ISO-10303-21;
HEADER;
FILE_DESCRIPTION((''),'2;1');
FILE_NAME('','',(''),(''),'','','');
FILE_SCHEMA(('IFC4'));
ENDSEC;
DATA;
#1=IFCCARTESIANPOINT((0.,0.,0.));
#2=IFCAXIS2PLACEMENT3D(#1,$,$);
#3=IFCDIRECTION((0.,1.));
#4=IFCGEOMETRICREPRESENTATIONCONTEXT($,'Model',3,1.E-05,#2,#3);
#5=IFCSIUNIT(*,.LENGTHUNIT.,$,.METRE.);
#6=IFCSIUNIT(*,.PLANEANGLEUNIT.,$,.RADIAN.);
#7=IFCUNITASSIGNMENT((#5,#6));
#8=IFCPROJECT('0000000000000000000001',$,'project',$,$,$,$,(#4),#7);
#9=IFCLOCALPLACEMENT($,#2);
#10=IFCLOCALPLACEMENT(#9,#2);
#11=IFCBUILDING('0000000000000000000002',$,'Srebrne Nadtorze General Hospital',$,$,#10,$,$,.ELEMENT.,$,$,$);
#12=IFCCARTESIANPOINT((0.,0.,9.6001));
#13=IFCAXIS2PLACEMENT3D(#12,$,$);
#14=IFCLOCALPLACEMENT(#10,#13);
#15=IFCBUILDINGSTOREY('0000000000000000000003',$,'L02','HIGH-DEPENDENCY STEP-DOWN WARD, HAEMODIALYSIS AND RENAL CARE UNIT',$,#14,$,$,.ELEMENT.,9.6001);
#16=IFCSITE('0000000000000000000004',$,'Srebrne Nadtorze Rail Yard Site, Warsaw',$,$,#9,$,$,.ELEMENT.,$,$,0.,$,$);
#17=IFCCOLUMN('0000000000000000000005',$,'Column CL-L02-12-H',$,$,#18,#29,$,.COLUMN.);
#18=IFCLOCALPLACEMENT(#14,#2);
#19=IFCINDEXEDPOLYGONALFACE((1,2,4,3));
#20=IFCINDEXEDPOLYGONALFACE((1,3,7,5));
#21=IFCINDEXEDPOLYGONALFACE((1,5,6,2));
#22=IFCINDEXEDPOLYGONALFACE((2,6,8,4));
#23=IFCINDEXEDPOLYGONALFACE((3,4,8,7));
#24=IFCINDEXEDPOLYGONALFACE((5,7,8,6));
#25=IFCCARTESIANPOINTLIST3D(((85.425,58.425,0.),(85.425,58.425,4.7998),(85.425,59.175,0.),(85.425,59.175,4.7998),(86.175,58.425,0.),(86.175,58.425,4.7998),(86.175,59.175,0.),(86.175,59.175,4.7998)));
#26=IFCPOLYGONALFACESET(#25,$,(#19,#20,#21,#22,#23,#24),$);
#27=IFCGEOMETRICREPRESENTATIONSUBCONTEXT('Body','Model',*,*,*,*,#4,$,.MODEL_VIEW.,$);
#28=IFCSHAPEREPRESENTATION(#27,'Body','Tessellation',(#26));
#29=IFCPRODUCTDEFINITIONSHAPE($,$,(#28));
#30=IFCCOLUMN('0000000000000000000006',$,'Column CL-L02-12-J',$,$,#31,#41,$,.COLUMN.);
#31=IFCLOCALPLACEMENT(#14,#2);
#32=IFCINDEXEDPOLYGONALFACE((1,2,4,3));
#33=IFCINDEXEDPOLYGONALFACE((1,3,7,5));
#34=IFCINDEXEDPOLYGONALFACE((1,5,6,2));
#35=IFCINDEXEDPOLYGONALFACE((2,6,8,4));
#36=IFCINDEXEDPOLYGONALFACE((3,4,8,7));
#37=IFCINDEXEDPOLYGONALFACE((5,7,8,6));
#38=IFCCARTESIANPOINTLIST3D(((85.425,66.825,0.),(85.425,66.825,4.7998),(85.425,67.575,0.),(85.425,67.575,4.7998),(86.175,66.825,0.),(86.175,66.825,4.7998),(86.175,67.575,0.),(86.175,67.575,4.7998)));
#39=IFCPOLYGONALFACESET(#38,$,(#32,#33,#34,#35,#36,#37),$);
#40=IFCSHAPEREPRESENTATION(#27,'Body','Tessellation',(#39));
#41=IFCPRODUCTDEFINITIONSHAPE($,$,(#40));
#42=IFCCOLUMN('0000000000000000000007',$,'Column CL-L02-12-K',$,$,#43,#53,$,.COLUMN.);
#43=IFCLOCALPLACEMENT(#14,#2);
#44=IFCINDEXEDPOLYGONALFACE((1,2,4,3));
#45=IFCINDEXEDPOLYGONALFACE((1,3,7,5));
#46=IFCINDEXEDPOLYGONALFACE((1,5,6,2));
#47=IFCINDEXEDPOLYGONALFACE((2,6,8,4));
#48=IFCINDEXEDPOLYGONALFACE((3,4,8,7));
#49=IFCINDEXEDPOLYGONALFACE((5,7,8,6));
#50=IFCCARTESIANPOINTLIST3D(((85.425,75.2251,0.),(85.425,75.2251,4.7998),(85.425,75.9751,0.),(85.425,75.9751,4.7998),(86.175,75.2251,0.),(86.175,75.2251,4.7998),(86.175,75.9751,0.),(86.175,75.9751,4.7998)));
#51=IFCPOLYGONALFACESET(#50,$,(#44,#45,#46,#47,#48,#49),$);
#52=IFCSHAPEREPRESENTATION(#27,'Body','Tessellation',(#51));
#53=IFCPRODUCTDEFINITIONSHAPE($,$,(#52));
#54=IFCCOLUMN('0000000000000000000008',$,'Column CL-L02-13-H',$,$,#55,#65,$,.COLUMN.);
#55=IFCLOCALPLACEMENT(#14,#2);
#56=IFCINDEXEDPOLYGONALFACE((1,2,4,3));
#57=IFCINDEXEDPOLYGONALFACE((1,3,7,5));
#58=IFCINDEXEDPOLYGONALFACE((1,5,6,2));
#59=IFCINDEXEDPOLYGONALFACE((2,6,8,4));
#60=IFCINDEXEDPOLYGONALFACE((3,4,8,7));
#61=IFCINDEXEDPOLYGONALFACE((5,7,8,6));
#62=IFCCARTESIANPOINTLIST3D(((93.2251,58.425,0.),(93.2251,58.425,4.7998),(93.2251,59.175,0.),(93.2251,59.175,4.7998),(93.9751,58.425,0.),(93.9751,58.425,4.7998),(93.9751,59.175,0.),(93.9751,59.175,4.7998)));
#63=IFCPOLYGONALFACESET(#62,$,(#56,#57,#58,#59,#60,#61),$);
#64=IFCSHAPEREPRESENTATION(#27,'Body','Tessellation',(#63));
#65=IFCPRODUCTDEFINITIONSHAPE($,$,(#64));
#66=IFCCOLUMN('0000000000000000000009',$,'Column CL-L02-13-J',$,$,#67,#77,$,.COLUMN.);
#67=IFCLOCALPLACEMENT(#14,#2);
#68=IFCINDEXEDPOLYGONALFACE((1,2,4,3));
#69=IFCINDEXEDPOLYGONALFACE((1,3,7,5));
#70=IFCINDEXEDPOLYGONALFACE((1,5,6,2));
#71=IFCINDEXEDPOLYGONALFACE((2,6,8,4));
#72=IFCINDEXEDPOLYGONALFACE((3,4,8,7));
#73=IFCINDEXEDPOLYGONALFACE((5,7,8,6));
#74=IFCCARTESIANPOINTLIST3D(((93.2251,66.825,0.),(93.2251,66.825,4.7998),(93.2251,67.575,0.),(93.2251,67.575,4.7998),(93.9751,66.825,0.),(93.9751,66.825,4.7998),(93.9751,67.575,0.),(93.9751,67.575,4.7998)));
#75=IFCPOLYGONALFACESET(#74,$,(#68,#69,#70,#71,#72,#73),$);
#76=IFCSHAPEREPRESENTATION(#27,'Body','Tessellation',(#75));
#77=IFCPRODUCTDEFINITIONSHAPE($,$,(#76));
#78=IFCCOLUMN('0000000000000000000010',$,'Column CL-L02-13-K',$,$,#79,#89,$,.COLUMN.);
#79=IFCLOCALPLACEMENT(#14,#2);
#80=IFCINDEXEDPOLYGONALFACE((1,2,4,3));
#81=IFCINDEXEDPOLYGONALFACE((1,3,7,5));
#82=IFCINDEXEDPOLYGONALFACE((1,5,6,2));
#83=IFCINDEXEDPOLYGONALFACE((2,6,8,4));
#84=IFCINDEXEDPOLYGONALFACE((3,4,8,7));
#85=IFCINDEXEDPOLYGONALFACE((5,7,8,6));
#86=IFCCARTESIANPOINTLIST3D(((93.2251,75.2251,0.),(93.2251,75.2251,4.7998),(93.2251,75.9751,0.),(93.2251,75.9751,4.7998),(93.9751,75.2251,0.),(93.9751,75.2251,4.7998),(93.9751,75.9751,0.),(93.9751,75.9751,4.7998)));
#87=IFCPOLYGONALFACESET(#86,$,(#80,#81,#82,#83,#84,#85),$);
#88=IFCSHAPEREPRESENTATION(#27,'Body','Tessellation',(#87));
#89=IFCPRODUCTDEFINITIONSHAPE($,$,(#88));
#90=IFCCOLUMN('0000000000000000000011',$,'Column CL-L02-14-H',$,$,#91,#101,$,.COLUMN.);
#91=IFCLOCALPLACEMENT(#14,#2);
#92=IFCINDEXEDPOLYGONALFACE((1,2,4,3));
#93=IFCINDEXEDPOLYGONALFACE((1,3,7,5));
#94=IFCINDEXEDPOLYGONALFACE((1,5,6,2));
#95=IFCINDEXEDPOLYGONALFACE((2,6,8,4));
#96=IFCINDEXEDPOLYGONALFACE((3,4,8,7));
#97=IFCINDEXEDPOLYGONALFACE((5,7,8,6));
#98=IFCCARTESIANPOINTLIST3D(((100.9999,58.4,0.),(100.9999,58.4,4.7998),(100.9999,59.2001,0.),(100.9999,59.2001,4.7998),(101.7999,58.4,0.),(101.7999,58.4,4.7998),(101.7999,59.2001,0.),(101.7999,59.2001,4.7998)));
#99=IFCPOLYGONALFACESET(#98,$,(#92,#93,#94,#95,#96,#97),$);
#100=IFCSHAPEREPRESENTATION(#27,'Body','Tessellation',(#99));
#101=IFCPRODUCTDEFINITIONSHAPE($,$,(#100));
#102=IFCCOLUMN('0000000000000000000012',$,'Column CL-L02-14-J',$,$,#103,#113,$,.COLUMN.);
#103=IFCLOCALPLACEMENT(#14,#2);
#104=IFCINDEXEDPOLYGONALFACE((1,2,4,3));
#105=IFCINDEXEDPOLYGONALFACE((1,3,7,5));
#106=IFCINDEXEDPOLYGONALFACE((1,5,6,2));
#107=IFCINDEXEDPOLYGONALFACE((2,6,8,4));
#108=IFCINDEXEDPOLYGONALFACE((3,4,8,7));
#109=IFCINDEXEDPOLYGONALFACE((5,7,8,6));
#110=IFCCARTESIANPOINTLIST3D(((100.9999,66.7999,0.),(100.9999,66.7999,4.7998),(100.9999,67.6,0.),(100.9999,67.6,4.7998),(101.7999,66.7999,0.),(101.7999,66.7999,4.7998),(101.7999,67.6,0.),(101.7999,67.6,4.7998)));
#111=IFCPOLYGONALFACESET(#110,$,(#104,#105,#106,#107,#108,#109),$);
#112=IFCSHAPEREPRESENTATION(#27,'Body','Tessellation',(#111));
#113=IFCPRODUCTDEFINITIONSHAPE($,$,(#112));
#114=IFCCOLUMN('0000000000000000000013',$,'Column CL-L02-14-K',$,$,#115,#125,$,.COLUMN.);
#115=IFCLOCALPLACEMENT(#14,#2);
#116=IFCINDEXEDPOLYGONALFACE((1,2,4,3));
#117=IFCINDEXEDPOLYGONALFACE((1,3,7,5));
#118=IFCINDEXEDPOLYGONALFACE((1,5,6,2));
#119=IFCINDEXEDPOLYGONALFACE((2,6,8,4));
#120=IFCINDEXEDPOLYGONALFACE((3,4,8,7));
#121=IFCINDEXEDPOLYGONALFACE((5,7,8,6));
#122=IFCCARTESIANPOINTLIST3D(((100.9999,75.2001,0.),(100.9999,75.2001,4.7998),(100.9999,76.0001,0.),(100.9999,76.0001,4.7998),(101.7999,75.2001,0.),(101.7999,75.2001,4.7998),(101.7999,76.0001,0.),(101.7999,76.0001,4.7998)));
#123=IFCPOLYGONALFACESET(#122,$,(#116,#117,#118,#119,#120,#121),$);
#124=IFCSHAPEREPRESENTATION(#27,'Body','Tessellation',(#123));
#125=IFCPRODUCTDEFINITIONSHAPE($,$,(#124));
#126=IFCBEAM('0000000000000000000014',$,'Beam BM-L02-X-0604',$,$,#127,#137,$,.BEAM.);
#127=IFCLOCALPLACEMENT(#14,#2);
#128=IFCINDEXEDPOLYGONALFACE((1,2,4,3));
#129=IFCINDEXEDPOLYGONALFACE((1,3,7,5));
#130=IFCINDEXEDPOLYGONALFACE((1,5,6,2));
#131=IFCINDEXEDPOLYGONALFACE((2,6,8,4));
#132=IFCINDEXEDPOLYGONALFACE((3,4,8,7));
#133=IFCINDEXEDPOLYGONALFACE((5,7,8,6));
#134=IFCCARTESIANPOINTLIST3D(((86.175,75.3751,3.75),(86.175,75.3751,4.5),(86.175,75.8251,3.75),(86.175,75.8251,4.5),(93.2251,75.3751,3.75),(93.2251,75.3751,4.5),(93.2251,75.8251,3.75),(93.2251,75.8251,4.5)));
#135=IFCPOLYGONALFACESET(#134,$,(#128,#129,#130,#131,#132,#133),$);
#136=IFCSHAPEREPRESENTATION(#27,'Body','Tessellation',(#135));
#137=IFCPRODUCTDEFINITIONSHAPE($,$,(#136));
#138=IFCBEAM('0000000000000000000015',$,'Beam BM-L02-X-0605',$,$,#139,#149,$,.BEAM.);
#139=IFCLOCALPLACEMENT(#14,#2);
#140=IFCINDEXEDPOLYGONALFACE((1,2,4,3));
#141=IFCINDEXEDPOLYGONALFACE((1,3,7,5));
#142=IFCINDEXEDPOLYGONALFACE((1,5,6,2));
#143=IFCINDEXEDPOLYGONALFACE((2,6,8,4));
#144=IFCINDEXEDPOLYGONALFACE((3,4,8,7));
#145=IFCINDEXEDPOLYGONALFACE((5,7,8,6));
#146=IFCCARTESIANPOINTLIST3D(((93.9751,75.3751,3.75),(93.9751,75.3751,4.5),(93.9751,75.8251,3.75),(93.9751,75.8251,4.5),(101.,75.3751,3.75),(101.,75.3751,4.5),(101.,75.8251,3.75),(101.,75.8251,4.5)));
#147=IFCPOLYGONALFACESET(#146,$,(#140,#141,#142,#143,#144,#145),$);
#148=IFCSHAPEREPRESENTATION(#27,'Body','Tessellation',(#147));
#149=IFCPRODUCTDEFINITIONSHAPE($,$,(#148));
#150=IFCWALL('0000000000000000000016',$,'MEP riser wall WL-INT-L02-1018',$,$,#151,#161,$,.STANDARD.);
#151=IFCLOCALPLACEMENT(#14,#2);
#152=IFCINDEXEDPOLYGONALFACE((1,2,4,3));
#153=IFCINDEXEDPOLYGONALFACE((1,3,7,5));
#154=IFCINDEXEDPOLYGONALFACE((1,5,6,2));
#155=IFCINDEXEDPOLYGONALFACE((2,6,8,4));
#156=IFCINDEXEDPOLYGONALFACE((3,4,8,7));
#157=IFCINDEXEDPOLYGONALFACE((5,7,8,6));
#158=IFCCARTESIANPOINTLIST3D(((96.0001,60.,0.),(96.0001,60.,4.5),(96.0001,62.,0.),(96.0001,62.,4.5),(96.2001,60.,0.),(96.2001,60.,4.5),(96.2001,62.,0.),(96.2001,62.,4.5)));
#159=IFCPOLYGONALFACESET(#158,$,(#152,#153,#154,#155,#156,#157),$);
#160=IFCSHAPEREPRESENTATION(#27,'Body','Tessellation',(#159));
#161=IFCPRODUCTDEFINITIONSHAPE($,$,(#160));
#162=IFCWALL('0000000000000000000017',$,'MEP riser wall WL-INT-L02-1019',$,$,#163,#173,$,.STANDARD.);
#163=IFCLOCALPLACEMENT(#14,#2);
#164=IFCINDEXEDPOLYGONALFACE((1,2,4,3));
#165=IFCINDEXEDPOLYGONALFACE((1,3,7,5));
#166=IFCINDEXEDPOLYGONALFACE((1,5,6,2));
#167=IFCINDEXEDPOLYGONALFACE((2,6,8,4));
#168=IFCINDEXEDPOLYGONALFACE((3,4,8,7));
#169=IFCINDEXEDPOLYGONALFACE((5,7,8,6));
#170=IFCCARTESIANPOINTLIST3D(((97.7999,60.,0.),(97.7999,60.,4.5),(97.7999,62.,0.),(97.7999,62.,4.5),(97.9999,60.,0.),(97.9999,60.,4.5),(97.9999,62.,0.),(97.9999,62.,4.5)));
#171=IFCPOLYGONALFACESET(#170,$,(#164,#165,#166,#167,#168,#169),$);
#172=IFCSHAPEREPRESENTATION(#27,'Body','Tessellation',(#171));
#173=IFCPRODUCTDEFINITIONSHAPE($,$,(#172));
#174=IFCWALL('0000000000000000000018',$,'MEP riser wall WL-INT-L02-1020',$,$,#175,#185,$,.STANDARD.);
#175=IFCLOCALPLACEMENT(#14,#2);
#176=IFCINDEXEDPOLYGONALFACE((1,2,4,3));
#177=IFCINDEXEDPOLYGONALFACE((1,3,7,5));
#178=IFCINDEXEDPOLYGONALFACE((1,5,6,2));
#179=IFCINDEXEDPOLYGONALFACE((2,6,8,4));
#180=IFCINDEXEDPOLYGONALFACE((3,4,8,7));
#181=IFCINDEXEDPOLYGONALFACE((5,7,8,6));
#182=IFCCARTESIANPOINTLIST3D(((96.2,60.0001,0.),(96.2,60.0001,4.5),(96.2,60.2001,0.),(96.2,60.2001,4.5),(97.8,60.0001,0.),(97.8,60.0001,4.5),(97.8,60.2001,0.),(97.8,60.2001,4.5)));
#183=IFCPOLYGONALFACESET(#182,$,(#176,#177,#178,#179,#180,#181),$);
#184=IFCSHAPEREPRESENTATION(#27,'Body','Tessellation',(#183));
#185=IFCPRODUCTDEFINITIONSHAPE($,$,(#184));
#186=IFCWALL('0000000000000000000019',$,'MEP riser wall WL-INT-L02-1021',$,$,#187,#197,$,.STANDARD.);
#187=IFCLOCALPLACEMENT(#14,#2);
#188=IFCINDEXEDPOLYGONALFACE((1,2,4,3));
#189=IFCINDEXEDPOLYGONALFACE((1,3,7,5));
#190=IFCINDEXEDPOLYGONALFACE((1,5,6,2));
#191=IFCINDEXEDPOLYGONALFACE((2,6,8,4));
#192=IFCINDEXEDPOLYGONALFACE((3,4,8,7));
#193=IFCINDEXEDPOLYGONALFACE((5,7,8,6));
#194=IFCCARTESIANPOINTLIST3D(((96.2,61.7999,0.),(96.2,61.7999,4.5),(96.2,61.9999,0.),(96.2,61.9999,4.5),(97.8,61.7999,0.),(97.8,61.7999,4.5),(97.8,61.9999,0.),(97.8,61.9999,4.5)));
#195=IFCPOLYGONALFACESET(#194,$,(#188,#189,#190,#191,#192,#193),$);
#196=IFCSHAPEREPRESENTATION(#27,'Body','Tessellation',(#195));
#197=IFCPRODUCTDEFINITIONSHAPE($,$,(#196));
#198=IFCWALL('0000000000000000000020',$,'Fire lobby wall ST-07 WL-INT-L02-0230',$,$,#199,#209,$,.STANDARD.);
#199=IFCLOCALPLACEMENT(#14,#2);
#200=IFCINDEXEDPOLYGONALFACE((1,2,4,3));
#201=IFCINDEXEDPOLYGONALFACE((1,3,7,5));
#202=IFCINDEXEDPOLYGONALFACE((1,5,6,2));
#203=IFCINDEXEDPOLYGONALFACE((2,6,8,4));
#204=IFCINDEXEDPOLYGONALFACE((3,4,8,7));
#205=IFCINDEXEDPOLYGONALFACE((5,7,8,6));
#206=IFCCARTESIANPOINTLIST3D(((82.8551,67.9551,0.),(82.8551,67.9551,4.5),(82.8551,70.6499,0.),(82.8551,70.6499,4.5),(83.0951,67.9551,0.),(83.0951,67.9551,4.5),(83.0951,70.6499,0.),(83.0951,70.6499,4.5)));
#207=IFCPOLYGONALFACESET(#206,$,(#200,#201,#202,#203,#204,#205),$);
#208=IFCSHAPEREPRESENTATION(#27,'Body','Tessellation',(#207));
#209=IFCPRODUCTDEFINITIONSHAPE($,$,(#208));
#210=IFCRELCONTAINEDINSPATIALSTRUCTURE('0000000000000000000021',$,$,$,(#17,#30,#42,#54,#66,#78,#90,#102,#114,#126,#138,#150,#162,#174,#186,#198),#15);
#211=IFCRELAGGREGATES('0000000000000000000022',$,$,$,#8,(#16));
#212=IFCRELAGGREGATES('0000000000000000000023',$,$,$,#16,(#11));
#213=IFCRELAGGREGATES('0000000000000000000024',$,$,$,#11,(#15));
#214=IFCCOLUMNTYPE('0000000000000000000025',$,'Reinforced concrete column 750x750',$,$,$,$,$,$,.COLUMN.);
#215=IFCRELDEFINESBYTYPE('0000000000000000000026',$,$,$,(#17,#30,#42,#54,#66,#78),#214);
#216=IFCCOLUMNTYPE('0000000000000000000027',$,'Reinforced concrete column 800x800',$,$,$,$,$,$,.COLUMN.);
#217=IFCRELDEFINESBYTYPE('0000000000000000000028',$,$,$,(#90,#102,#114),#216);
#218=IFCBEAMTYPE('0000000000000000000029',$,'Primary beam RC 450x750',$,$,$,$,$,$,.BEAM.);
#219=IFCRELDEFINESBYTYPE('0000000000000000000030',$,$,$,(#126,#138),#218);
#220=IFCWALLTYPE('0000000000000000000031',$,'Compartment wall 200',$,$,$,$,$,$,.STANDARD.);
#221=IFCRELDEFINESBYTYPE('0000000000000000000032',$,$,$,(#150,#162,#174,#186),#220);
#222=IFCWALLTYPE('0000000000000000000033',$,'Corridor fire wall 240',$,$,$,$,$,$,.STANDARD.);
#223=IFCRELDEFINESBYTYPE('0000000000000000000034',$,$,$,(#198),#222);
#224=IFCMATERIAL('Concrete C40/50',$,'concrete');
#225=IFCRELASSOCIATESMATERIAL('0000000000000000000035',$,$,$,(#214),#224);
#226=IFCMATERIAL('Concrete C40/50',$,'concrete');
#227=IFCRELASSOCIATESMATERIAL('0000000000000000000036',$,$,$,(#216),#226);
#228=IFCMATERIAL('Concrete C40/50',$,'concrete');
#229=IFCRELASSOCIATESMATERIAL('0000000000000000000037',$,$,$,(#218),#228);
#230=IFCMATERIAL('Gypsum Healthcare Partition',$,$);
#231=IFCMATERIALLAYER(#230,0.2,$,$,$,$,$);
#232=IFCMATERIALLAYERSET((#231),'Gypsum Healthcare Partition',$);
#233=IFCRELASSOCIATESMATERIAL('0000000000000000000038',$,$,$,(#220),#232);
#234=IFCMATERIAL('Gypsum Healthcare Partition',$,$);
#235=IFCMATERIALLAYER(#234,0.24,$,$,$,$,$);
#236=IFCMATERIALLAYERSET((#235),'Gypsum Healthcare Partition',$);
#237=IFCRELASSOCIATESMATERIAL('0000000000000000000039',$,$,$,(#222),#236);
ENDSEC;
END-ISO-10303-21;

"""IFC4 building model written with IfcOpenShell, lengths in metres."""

from ifc_helpers import new_model, si_unit, direction, frame, frame_2d, origin, origin_2d, place, context, subcontext, project, spatial, rectangle, extrude, material, layer, layer_set, material_profile, profile_set, type_object, element, save


model = new_model("IFC4")

# Units and contexts
model_context = context("Model", 3, precision=1e-05, world=origin(), true_north=direction((0.0, 1.0)))
body_context = subcontext(model_context, "Body", "Model", "MODEL_VIEW")
ifc_project = project(units=[si_unit("LENGTHUNIT", "METRE"), si_unit("PLANEANGLEUNIT", "RADIAN")], contexts=[model_context])

# Site, building, storey
site_placement = place(None, origin())
site = spatial("IfcSite", under=ifc_project, at=site_placement, Name="Srebrne Nadtorze Rail Yard Site, Warsaw", CompositionType="ELEMENT", RefElevation=0.0)
building_placement = place(site_placement, origin())
building = spatial("IfcBuilding", under=site, at=building_placement, Name="Srebrne Nadtorze General Hospital", CompositionType="ELEMENT")
storey_placement = place(building_placement, frame((0.0, 0.0, 9.6001)))
storey = spatial("IfcBuildingStorey", under=building, at=storey_placement, Name="L02", Description="HIGH-DEPENDENCY STEP-DOWN WARD, HAEMODIALYSIS AND RENAL CARE UNIT", CompositionType="ELEMENT", Elevation=9.6001)

# Columns
ifc_material_1 = material(Name="Concrete C40/50", Category="concrete")
ifc_material_profile_1 = material_profile(ifc_material_1, rectangle(XDim=0.75, YDim=0.75, at=origin_2d()), Name="RC-COL-750x750")
ifc_profile_set_1 = profile_set([ifc_material_profile_1], Name="Concrete C40/50")
column_type_1 = type_object("IfcColumnType", Name="Reinforced concrete column 750x750", PredefinedType="COLUMN", material=ifc_profile_set_1)
for number, where, z_axis, x_axis, name in (
    (1, (85.8, 58.8, 0.0), (0.0, 0.0, 1.0), (1.0, 0.0, 0.0), "Column CL-L02-12-H"),
    (2, (85.8, 67.2, 0.0), (0.0, 0.0, 1.0), (1.0, 0.0, 0.0), "Column CL-L02-12-J"),
    (3, (85.8, 75.6001, 0.0), (0.0, 0.0, 1.0), (1.0, 0.0, 0.0), "Column CL-L02-12-K"),
    (4, (93.6001, 58.8, 0.0), (0.0, 0.0, 1.0), (1.0, 0.0, 0.0), "Column CL-L02-13-H"),
    (5, (93.6001, 67.2, 0.0), (0.0, 0.0, 1.0), (1.0, 0.0, 0.0), "Column CL-L02-13-J"),
    (6, (93.6001, 75.6001, 0.0), (0.0, 0.0, 1.0), (1.0, 0.0, 0.0), "Column CL-L02-13-K"),
):
    element("IfcColumn", number, at=place(storey_placement, frame(where, z_axis=z_axis, x_axis=x_axis)), inside=storey, type_object=column_type_1, Name=name, PredefinedType="COLUMN", context=body_context, shape_type="SweptSolid", body=[
        extrude(rectangle(XDim=0.75, YDim=0.75, at=origin_2d()), origin(), (0.0, 0.0, 1.0), 4.7998),
    ])
ifc_material_2 = material(Name="Concrete C40/50", Category="concrete")
ifc_material_profile_2 = material_profile(ifc_material_2, rectangle(XDim=0.8, YDim=0.8, at=origin_2d()), Name="RC-COL-800x800")
ifc_profile_set_2 = profile_set([ifc_material_profile_2], Name="Concrete C40/50")
column_type_2 = type_object("IfcColumnType", Name="Reinforced concrete column 800x800", PredefinedType="COLUMN", material=ifc_profile_set_2)
for number, where, z_axis, x_axis, name in (
    (7, (101.3999, 58.8, 0.0), (0.0, 0.0, 1.0), (1.0, 0.0, 0.0), "Column CL-L02-14-H"),
    (8, (101.3999, 67.2, 0.0), (0.0, 0.0, 1.0), (1.0, 0.0, 0.0), "Column CL-L02-14-J"),
    (9, (101.3999, 75.6001, 0.0), (0.0, 0.0, 1.0), (1.0, 0.0, 0.0), "Column CL-L02-14-K"),
):
    element("IfcColumn", number, at=place(storey_placement, frame(where, z_axis=z_axis, x_axis=x_axis)), inside=storey, type_object=column_type_2, Name=name, PredefinedType="COLUMN", context=body_context, shape_type="SweptSolid", body=[
        extrude(rectangle(XDim=0.8, YDim=0.8, at=origin_2d()), origin(), (0.0, 0.0, 1.0), 4.7998),
    ])

# Beams
ifc_material_3 = material(Name="Concrete C40/50", Category="concrete")
ifc_material_profile_3 = material_profile(ifc_material_3, rectangle(XDim=0.45, YDim=0.75, at=origin_2d()), Name="RC-BM-450x750")
ifc_profile_set_3 = profile_set([ifc_material_profile_3], Name="Concrete C40/50")
beam_type = type_object("IfcBeamType", Name="Primary beam RC 450x750", PredefinedType="BEAM", material=ifc_profile_set_3)
beam_1_placement = place(storey_placement, frame((86.175, 75.6001, 4.125), z_axis=(1.0, 0.0, 0.0), x_axis=(0.0, 1.0, 0.0)))
element("IfcBeam", 10, at=beam_1_placement, inside=storey, type_object=beam_type, Name="Beam BM-L02-X-0604", PredefinedType="BEAM", context=body_context, shape_type="SweptSolid", body=[
    extrude(rectangle(XDim=0.45, YDim=0.75, at=origin_2d()), origin(), (0.0, 0.0, 1.0), 7.05),
])
beam_2_placement = place(storey_placement, frame((93.9751, 75.6001, 4.125), z_axis=(1.0, 0.0, 0.0), x_axis=(0.0, 1.0, 0.0)))
element("IfcBeam", 11, at=beam_2_placement, inside=storey, type_object=beam_type, Name="Beam BM-L02-X-0605", PredefinedType="BEAM", context=body_context, shape_type="SweptSolid", body=[
    extrude(rectangle(XDim=0.45, YDim=0.75, at=origin_2d()), origin(), (0.0, 0.0, 1.0), 7.0249),
])

# Walls
ifc_material_4 = material(Name="Gypsum Healthcare Partition")
ifc_layer_1 = layer(ifc_material_4, 0.2)
ifc_layer_set_1 = layer_set([ifc_layer_1], Name="Gypsum Healthcare Partition")
wall_type_1 = type_object("IfcWallType", Name="Compartment wall 200", PredefinedType="STANDARD", material=ifc_layer_set_1)
for number, where, z_axis, x_axis, name in (
    (12, (96.1001, 60.0, 0.0), (0.0, 0.0, 1.0), (0.0, 1.0, 0.0), "MEP riser wall WL-INT-L02-1018"),
    (13, (97.8999, 60.0, 0.0), (0.0, 0.0, 1.0), (0.0, 1.0, 0.0), "MEP riser wall WL-INT-L02-1019"),
):
    element("IfcWall", number, at=place(storey_placement, frame(where, z_axis=z_axis, x_axis=x_axis)), inside=storey, type_object=wall_type_1, Name=name, PredefinedType="STANDARD", context=body_context, shape_type="SweptSolid", body=[
        extrude(rectangle(XDim=2.0, YDim=0.2, at=frame_2d((1.0, 0.0))), origin(), (0.0, 0.0, 1.0), 4.5),
    ])
for number, where, z_axis, x_axis, name in (
    (14, (96.2, 60.1001, 0.0), (0.0, 0.0, 1.0), (1.0, 0.0, 0.0), "MEP riser wall WL-INT-L02-1020"),
    (15, (96.2, 61.8999, 0.0), (0.0, 0.0, 1.0), (1.0, 0.0, 0.0), "MEP riser wall WL-INT-L02-1021"),
):
    element("IfcWall", number, at=place(storey_placement, frame(where, z_axis=z_axis, x_axis=x_axis)), inside=storey, type_object=wall_type_1, Name=name, PredefinedType="STANDARD", context=body_context, shape_type="SweptSolid", body=[
        extrude(rectangle(XDim=1.6001, YDim=0.2, at=frame_2d((0.8, 0.0))), origin(), (0.0, 0.0, 1.0), 4.5),
    ])
ifc_material_5 = material(Name="Gypsum Healthcare Partition")
ifc_layer_2 = layer(ifc_material_5, 0.24)
ifc_layer_set_2 = layer_set([ifc_layer_2], Name="Gypsum Healthcare Partition")
wall_type_2 = type_object("IfcWallType", Name="Corridor fire wall 240", PredefinedType="STANDARD", material=ifc_layer_set_2)
wall_1_placement = place(storey_placement, frame((82.9751, 67.9551, 0.0), z_axis=(0.0, 0.0, 1.0), x_axis=(0.0, 1.0, 0.0)))
element("IfcWall", 16, at=wall_1_placement, inside=storey, type_object=wall_type_2, Name="Fire lobby wall ST-07 WL-INT-L02-0230", PredefinedType="STANDARD", context=body_context, shape_type="SweptSolid", body=[
    extrude(rectangle(XDim=2.6948, YDim=0.24, at=frame_2d((1.3474, 0.0))), origin(), (0.0, 0.0, 1.0), 4.5),
])

save(model, "model.ifc")
